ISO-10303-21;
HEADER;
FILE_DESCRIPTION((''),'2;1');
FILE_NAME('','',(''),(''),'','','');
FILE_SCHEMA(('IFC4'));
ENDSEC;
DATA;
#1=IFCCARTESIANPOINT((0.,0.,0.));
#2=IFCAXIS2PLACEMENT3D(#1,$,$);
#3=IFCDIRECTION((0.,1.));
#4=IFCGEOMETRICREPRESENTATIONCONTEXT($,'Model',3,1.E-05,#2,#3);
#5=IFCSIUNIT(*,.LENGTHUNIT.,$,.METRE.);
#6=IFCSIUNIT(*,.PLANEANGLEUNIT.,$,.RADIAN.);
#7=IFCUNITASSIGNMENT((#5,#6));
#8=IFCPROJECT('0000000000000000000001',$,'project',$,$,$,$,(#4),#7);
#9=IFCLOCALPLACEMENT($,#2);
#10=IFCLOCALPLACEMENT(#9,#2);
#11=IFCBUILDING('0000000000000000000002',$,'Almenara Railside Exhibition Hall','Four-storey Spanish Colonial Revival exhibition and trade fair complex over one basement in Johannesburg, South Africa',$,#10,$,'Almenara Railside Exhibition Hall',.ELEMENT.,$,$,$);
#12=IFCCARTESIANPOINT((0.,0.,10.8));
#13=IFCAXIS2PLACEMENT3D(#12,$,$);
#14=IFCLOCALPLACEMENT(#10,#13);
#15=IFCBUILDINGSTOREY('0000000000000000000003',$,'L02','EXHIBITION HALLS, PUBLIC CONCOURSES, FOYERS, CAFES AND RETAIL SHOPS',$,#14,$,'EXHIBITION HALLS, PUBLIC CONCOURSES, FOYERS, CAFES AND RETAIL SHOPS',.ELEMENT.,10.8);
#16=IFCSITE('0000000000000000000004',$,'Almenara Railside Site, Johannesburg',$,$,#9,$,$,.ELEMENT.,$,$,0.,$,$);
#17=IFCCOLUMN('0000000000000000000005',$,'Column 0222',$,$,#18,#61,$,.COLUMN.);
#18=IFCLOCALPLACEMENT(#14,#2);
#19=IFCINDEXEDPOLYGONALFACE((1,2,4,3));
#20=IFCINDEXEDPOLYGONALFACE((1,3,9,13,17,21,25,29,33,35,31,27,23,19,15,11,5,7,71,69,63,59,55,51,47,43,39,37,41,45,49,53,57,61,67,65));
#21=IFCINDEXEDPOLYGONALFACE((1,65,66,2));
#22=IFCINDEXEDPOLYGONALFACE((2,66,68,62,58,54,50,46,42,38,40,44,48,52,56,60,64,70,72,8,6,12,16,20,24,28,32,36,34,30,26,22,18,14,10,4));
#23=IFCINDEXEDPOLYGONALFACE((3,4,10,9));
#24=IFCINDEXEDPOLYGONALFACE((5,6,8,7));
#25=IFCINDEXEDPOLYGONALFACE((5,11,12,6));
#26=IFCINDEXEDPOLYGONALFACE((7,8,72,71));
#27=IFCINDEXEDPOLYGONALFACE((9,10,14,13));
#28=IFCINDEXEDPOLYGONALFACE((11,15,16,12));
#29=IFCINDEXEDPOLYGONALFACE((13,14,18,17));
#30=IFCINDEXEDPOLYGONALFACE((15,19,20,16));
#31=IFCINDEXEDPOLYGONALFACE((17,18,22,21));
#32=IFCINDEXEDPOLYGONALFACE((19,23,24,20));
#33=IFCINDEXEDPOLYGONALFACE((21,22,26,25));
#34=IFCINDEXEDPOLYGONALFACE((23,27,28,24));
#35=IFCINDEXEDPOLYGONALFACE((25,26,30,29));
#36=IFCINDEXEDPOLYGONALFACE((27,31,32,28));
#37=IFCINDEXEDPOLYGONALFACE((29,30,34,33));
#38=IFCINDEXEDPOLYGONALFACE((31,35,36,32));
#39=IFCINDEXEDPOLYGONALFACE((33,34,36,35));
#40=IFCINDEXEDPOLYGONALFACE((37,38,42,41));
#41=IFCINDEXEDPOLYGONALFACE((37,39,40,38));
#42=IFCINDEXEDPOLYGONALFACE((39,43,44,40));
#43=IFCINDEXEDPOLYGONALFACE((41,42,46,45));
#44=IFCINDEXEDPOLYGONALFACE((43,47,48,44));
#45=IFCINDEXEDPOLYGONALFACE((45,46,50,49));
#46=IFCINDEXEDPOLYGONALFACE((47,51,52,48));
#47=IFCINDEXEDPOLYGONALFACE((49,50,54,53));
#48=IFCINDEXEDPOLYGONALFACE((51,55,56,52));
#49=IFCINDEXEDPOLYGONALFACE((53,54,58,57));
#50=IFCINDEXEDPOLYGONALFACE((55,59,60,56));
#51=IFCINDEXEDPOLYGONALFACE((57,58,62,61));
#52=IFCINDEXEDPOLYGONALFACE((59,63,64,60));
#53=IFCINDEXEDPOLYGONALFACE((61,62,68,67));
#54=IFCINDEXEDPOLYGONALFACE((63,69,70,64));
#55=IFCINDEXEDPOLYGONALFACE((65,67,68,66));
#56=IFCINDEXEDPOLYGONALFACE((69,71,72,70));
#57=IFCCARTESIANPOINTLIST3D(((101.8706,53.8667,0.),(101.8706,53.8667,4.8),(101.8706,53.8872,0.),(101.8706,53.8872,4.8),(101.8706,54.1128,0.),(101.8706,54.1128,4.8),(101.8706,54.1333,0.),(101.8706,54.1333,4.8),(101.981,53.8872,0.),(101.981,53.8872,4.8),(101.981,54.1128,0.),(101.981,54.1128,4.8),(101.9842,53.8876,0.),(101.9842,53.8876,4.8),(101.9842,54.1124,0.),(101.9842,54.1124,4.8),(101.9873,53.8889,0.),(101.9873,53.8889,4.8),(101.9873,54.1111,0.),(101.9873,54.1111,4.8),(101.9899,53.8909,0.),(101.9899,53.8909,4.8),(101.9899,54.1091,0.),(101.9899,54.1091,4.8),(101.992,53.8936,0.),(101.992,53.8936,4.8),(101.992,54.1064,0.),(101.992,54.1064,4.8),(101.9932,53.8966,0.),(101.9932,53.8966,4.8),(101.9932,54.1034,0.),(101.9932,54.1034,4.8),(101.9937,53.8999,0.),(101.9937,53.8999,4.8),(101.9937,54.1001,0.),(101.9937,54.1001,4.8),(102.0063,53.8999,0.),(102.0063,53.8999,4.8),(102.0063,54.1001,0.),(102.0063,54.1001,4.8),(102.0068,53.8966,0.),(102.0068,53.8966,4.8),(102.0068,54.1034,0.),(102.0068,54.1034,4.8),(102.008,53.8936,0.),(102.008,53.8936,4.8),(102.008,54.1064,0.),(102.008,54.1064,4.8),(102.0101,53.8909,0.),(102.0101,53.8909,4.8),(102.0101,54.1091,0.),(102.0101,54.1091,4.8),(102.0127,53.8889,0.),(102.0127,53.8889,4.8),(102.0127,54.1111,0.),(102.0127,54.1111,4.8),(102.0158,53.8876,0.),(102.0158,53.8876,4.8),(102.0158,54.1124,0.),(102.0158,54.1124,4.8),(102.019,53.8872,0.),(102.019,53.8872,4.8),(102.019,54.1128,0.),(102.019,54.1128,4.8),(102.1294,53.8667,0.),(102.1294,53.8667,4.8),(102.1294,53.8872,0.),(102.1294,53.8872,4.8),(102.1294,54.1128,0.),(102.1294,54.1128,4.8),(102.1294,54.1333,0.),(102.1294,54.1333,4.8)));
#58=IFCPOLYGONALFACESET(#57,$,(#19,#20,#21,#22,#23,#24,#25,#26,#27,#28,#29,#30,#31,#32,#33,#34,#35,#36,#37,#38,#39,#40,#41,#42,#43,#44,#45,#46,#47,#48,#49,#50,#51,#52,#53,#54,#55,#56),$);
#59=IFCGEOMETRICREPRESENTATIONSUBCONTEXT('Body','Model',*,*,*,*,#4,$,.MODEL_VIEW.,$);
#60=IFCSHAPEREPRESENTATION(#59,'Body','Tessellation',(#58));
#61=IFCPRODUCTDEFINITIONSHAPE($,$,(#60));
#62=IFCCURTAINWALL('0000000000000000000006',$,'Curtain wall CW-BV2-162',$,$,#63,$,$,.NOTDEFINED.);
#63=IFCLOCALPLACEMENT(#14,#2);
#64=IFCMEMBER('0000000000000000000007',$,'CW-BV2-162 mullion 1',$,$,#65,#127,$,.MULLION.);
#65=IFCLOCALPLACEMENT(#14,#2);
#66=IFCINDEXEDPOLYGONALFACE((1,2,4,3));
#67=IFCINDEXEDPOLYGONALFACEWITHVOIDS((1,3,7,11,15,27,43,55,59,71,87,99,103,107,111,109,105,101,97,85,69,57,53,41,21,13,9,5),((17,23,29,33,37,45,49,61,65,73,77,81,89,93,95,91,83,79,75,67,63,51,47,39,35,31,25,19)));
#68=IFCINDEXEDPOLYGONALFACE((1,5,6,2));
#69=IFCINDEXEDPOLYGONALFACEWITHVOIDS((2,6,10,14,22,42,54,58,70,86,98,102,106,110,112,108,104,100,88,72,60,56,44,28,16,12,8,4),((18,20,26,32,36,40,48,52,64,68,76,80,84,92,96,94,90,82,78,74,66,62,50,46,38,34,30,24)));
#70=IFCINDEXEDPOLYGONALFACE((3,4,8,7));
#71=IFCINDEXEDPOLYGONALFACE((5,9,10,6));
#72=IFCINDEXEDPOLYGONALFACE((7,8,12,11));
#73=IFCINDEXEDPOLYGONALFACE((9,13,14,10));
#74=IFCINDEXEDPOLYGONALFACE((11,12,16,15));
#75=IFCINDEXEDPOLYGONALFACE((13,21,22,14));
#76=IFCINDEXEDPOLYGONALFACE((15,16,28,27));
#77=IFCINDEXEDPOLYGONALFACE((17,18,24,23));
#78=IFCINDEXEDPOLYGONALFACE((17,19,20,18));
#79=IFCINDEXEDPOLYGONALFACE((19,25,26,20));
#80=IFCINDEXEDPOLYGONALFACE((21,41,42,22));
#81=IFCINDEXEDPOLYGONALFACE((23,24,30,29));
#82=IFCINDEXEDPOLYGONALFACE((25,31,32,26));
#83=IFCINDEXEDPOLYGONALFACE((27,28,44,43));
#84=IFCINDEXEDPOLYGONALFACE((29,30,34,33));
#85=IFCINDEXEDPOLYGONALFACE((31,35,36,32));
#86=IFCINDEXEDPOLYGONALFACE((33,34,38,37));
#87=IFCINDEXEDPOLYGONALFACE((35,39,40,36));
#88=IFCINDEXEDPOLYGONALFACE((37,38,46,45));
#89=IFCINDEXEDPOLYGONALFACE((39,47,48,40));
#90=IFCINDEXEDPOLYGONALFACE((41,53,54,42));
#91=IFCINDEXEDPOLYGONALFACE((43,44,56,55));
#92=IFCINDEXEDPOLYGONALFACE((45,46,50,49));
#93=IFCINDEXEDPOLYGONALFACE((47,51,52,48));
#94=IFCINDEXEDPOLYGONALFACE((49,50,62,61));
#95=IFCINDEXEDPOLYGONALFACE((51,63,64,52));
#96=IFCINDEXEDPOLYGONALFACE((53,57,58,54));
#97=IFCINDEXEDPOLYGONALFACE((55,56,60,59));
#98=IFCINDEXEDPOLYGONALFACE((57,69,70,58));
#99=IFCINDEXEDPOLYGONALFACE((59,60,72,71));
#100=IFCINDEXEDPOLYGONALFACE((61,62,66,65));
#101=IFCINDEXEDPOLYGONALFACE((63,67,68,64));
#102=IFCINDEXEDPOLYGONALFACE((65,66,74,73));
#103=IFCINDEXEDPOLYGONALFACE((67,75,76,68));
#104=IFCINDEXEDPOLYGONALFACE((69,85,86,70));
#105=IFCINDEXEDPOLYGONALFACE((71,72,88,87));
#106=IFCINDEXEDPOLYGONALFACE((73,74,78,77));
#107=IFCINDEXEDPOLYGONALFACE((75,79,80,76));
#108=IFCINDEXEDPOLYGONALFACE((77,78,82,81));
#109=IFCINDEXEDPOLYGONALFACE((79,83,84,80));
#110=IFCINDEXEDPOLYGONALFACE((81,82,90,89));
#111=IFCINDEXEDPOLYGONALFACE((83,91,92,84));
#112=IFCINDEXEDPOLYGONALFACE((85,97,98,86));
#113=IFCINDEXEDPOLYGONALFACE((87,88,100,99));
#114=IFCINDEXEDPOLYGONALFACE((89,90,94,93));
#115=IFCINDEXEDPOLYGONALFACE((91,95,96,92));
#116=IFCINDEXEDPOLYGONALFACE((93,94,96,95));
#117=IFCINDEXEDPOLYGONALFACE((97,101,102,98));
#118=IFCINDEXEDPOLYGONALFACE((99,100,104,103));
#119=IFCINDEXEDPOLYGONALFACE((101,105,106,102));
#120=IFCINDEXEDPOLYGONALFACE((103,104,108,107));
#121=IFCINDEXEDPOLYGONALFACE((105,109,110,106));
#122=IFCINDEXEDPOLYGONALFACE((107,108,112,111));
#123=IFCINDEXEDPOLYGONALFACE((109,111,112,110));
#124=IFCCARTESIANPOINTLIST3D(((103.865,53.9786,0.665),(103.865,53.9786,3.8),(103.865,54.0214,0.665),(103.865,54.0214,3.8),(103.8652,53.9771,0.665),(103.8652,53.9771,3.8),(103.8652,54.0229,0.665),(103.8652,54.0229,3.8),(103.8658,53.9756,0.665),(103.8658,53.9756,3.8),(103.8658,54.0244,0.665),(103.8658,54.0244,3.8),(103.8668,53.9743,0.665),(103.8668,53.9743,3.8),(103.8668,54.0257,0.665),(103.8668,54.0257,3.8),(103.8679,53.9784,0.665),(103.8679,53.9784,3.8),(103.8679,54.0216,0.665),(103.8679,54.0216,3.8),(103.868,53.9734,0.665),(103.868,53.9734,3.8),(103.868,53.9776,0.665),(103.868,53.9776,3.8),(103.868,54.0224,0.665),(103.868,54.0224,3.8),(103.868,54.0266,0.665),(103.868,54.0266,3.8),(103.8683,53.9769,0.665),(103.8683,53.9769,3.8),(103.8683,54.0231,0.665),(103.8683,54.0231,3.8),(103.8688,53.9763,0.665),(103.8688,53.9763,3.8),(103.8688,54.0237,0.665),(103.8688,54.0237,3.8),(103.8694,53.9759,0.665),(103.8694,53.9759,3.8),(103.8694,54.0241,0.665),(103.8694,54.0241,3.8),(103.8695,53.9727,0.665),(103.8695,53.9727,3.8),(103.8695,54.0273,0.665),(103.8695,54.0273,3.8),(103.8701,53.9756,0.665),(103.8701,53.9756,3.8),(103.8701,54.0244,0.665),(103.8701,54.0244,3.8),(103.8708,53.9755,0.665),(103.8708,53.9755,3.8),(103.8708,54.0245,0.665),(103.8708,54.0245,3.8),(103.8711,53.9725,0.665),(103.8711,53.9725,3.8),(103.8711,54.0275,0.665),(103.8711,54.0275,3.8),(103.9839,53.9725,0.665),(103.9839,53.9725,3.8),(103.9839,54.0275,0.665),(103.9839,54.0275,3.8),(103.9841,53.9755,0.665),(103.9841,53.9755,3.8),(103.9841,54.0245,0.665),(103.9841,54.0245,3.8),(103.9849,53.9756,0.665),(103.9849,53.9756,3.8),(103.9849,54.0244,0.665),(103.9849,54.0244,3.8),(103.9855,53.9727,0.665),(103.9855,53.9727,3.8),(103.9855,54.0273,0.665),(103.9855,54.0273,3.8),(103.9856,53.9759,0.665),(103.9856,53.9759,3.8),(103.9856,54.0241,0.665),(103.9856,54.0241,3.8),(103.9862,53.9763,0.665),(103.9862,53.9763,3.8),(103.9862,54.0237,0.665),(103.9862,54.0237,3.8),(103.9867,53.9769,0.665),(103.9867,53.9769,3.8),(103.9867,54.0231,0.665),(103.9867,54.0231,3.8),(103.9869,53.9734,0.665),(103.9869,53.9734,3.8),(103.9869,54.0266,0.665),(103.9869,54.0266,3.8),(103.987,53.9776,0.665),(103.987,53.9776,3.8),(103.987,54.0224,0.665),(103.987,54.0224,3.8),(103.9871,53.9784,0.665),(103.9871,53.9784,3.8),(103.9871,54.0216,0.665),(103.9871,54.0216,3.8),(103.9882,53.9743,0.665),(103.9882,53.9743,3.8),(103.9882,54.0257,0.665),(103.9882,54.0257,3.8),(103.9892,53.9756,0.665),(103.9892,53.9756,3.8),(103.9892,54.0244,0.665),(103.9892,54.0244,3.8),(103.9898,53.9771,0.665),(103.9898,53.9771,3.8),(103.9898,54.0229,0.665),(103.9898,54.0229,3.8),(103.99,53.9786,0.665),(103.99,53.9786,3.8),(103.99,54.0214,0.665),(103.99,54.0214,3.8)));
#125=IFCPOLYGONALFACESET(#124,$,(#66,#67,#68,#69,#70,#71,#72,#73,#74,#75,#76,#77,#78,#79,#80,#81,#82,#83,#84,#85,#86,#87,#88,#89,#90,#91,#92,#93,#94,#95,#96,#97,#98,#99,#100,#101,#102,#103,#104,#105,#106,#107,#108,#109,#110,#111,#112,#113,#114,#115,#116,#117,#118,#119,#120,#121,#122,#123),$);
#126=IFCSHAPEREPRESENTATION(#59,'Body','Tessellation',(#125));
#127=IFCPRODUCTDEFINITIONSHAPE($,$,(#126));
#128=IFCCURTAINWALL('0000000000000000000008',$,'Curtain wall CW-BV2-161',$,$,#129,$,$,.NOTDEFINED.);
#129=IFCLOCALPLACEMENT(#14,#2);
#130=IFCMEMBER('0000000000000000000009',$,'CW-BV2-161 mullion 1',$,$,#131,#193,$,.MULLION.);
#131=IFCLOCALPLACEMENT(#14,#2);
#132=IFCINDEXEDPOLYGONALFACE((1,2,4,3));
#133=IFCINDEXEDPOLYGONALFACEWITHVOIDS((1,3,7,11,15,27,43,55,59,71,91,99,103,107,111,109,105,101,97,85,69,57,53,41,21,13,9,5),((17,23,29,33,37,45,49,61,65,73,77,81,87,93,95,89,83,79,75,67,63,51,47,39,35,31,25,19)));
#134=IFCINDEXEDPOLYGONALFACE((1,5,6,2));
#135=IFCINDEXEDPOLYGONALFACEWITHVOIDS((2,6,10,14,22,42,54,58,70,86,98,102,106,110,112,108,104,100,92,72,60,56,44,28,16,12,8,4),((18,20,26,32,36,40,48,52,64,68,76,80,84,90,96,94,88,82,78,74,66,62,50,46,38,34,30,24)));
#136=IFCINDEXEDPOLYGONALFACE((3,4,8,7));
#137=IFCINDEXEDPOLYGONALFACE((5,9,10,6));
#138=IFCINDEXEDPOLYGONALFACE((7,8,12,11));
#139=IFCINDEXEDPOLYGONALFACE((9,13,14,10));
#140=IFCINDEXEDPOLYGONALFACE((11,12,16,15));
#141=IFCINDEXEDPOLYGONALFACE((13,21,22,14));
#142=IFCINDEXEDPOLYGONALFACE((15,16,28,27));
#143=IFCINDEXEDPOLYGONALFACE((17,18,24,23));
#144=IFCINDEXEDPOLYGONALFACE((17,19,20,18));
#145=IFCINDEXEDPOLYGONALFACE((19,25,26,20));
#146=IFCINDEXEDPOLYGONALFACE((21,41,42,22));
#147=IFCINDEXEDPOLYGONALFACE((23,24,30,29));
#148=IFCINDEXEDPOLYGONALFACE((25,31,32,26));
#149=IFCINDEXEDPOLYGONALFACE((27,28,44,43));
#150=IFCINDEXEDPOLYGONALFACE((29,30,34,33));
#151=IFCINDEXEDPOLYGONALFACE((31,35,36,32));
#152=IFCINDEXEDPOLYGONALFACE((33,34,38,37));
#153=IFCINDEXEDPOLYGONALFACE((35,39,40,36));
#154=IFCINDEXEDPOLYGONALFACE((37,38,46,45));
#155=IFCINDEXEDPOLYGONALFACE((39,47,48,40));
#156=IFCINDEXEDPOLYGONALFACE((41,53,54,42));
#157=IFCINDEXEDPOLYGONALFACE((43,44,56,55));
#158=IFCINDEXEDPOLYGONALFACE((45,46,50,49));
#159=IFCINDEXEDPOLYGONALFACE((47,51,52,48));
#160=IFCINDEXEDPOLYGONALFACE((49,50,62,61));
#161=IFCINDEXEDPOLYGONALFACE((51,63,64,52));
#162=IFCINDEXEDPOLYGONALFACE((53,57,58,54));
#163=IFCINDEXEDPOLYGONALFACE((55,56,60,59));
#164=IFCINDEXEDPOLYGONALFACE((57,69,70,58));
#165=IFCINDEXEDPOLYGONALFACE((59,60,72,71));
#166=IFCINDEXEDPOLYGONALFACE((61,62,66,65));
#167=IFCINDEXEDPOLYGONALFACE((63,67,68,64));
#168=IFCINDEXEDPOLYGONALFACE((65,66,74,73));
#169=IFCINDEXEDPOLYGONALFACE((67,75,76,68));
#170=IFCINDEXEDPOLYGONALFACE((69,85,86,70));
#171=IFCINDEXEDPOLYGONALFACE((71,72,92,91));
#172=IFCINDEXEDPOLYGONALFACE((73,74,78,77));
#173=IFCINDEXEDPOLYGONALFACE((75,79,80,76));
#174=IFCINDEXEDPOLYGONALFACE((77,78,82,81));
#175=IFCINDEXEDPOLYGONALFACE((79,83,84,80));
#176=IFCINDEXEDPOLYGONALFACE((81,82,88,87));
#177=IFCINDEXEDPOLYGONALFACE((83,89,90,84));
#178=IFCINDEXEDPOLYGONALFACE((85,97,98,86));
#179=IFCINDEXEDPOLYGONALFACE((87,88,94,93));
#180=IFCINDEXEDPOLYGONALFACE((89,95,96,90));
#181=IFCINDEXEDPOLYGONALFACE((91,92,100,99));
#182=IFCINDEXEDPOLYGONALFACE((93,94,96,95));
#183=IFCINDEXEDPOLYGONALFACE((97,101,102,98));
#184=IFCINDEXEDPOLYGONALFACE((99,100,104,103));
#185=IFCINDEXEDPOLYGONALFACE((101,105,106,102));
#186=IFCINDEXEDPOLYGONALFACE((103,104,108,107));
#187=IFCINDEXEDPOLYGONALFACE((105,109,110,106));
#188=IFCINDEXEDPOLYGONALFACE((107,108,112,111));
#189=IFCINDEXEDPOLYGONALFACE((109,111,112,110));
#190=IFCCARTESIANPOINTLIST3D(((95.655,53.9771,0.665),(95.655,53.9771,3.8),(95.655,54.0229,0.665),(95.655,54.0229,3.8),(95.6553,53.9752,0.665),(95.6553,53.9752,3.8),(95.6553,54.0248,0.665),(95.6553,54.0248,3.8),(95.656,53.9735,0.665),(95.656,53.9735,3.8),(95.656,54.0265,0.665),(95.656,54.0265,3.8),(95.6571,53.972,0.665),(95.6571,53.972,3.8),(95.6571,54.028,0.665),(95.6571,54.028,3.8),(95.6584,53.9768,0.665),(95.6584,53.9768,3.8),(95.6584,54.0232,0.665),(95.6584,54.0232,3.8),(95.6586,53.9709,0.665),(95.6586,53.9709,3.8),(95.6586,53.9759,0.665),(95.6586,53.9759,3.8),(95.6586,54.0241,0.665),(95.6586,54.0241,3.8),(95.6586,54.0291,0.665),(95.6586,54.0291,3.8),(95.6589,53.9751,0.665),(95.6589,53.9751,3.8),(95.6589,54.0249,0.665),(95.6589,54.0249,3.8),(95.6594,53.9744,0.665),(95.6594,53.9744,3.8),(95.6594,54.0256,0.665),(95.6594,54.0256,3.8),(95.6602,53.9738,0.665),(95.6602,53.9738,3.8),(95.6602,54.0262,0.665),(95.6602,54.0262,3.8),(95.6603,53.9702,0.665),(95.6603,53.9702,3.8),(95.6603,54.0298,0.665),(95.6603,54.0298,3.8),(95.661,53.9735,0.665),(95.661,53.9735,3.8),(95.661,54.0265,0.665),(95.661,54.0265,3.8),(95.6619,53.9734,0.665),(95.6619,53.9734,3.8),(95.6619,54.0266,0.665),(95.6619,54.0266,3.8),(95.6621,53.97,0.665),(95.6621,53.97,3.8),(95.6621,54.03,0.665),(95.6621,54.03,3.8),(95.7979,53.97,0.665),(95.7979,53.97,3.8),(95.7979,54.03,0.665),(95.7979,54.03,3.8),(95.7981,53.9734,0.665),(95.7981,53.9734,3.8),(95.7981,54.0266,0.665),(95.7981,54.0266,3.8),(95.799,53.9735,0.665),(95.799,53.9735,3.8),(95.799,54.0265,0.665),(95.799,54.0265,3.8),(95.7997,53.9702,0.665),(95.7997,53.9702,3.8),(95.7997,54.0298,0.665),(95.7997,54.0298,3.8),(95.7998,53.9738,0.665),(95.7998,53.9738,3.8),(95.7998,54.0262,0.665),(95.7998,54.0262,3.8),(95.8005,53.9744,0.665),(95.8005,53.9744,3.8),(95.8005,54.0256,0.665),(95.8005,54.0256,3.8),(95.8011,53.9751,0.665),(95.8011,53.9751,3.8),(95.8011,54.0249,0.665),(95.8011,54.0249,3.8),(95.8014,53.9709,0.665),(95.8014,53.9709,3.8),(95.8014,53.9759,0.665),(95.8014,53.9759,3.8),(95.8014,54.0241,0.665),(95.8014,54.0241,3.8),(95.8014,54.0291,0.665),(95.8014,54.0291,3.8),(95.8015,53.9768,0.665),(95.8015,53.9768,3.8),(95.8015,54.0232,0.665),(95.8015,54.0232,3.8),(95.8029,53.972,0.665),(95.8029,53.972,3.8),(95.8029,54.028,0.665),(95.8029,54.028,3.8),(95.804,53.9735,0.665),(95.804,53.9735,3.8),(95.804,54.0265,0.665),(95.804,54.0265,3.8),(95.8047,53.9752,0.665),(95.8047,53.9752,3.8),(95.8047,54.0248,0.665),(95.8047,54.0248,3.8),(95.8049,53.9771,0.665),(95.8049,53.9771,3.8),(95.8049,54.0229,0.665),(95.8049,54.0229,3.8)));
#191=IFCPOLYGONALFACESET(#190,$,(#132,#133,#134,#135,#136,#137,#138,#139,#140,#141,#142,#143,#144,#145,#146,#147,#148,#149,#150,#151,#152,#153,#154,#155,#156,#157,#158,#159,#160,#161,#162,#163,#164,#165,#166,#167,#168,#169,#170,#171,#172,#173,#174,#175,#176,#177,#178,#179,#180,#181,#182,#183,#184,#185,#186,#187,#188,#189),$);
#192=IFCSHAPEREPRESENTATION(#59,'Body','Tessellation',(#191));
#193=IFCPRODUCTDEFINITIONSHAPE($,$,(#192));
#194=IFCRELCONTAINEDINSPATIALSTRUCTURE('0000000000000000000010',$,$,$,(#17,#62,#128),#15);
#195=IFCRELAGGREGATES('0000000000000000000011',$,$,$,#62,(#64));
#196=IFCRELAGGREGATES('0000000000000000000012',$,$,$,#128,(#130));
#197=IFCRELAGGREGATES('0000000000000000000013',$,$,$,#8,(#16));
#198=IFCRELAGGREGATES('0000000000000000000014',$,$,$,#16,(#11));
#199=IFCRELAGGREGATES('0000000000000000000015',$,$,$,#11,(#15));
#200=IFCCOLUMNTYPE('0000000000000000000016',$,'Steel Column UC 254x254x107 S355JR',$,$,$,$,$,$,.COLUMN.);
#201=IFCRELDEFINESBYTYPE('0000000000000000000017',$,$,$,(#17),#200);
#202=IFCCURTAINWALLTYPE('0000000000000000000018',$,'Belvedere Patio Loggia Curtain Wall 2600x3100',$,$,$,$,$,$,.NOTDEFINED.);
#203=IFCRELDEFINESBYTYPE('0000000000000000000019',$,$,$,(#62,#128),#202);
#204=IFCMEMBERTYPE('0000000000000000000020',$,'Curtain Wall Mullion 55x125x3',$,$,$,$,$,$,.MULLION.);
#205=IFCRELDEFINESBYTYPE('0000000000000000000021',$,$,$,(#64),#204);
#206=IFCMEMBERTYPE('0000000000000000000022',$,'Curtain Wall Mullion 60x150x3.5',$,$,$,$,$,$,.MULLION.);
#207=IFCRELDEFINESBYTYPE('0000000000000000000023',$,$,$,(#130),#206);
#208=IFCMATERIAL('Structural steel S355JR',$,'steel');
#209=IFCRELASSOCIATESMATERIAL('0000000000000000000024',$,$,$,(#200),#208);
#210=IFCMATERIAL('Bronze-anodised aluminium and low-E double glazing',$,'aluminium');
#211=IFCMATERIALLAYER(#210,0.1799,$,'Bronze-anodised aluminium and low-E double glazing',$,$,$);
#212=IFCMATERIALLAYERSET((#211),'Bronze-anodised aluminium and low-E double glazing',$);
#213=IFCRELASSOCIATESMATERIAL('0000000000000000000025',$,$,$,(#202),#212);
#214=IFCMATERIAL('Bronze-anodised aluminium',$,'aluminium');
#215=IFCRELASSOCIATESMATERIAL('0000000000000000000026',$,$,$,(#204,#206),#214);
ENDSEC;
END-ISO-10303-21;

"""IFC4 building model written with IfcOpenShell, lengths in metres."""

from ifc_helpers import new_model, si_unit, direction, frame, origin, origin_2d, place, context, subcontext, project, spatial, hollow_rectangle, i_section, extrude, material, layer, layer_set, material_profile, profile_set, type_object, element, aggregate, save


model = new_model("IFC4")

# Units and contexts
model_context = context("Model", 3, precision=1e-05, world=origin(), true_north=direction((0.0, 1.0)))
body_context = subcontext(model_context, "Body", "Model", "MODEL_VIEW")
ifc_project = project(units=[si_unit("LENGTHUNIT", "METRE"), si_unit("PLANEANGLEUNIT", "RADIAN")], contexts=[model_context])

# Site, building, storey
site_placement = place(None, origin())
site = spatial("IfcSite", under=ifc_project, at=site_placement, Name="Almenara Railside Site, Johannesburg", CompositionType="ELEMENT", RefElevation=0.0)
building_placement = place(site_placement, origin())
building = spatial("IfcBuilding", under=site, at=building_placement, Name="Almenara Railside Exhibition Hall", Description="Four-storey Spanish Colonial Revival exhibition and trade fair complex over one basement in Johannesburg, South Africa", LongName="Almenara Railside Exhibition Hall", CompositionType="ELEMENT")
storey_placement = place(building_placement, frame((0.0, 0.0, 10.8)))
storey = spatial("IfcBuildingStorey", under=building, at=storey_placement, Name="L02", Description="EXHIBITION HALLS, PUBLIC CONCOURSES, FOYERS, CAFES AND RETAIL SHOPS", LongName="EXHIBITION HALLS, PUBLIC CONCOURSES, FOYERS, CAFES AND RETAIL SHOPS", CompositionType="ELEMENT", Elevation=10.8)

# Column
ifc_material_1 = material(Name="Structural steel S355JR", Category="steel")
ifc_material_profile_1 = material_profile(ifc_material_1, i_section(OverallWidth=0.2588, OverallDepth=0.2666, WebThickness=0.0127, FlangeThickness=0.0205, FilletRadius=0.0127, at=origin_2d()), Name="UC 254x254x107")
ifc_profile_set_1 = profile_set([ifc_material_profile_1], Name="Structural steel S355JR")
column_type = type_object("IfcColumnType", Name="Steel Column UC 254x254x107 S355JR", PredefinedType="COLUMN", material=ifc_profile_set_1)
column_placement = place(storey_placement, frame((102.0, 54.0, 0.0), z_axis=(0.0, 0.0, 1.0), x_axis=(1.0, 0.0, 0.0)))
element("IfcColumn", 1, at=column_placement, inside=storey, type_object=column_type, Name="Column 0222", PredefinedType="COLUMN", context=body_context, shape_type="SweptSolid", body=[
    extrude(i_section(OverallWidth=0.2588, OverallDepth=0.2666, WebThickness=0.0127, FlangeThickness=0.0205, FilletRadius=0.0127, at=origin_2d()), origin(), (0.0, 0.0, 1.0), 4.8),
])

# Curtain wall, member
ifc_material_2 = material(Name="Bronze-anodised aluminium and low-E double glazing", Category="aluminium")
ifc_layer_1 = layer(ifc_material_2, 0.1799, Name="Bronze-anodised aluminium and low-E double glazing")
ifc_layer_set_1 = layer_set([ifc_layer_1], Name="Bronze-anodised aluminium and low-E double glazing")
curtain_wall_type = type_object("IfcCurtainWallType", Name="Belvedere Patio Loggia Curtain Wall 2600x3100", PredefinedType="NOTDEFINED", material=ifc_layer_set_1)
curtain_wall_1_placement = place(storey_placement, origin())
curtain_wall_1 = element("IfcCurtainWall", 2, at=curtain_wall_1_placement, inside=storey, type_object=curtain_wall_type, Name="Curtain wall CW-BV2-162", PredefinedType="NOTDEFINED")
ifc_material_3 = material(Name="Bronze-anodised aluminium", Category="aluminium")
ifc_material_profile_2 = material_profile(ifc_material_3, hollow_rectangle(XDim=0.0549, YDim=0.125, WallThickness=0.0029, InnerFilletRadius=0.0029, OuterFilletRadius=0.0061, at=origin_2d()), Name="ALU-MUL 55x125x3")
ifc_profile_set_2 = profile_set([ifc_material_profile_2], Name="Bronze-anodised aluminium")
member_type_1 = type_object("IfcMemberType", Name="Curtain Wall Mullion 55x125x3", PredefinedType="MULLION", material=ifc_profile_set_2)
member_1_placement = place(storey_placement, frame((103.9275, 54.0, 0.665), z_axis=(0.0, 0.0, 1.0), x_axis=(0.0, 1.0, 0.0)))
member_1 = element("IfcMember", 3, at=member_1_placement, type_object=member_type_1, Name="CW-BV2-162 mullion 1", PredefinedType="MULLION", context=body_context, shape_type="SweptSolid", body=[
    extrude(hollow_rectangle(XDim=0.0549, YDim=0.125, WallThickness=0.0029, InnerFilletRadius=0.0029, OuterFilletRadius=0.0061, at=origin_2d()), origin(), (0.0, 0.0, 1.0), 3.135),
])

# Curtain wall, member
curtain_wall_2_placement = place(storey_placement, origin())
curtain_wall_2 = element("IfcCurtainWall", 4, at=curtain_wall_2_placement, inside=storey, type_object=curtain_wall_type, Name="Curtain wall CW-BV2-161", PredefinedType="NOTDEFINED")
ifc_material_profile_3 = material_profile(ifc_material_3, hollow_rectangle(XDim=0.0601, YDim=0.1499, WallThickness=0.0034, InnerFilletRadius=0.0034, OuterFilletRadius=0.0071, at=origin_2d()), Name="ALU-MUL 60x150x3.5")
ifc_profile_set_3 = profile_set([ifc_material_profile_3], Name="Bronze-anodised aluminium")
member_type_2 = type_object("IfcMemberType", Name="Curtain Wall Mullion 60x150x3.5", PredefinedType="MULLION", material=ifc_profile_set_3)
member_2_placement = place(storey_placement, frame((95.73, 54.0, 0.665), z_axis=(0.0, 0.0, 1.0), x_axis=(0.0, 1.0, 0.0)))
member_2 = element("IfcMember", 5, at=member_2_placement, type_object=member_type_2, Name="CW-BV2-161 mullion 1", PredefinedType="MULLION", context=body_context, shape_type="SweptSolid", body=[
    extrude(hollow_rectangle(XDim=0.0601, YDim=0.1499, WallThickness=0.0034, InnerFilletRadius=0.0034, OuterFilletRadius=0.0071, at=origin_2d()), origin(), (0.0, 0.0, 1.0), 3.135),
])

aggregate(curtain_wall_1, [member_1])
aggregate(curtain_wall_2, [member_2])

save(model, "model.ifc")
